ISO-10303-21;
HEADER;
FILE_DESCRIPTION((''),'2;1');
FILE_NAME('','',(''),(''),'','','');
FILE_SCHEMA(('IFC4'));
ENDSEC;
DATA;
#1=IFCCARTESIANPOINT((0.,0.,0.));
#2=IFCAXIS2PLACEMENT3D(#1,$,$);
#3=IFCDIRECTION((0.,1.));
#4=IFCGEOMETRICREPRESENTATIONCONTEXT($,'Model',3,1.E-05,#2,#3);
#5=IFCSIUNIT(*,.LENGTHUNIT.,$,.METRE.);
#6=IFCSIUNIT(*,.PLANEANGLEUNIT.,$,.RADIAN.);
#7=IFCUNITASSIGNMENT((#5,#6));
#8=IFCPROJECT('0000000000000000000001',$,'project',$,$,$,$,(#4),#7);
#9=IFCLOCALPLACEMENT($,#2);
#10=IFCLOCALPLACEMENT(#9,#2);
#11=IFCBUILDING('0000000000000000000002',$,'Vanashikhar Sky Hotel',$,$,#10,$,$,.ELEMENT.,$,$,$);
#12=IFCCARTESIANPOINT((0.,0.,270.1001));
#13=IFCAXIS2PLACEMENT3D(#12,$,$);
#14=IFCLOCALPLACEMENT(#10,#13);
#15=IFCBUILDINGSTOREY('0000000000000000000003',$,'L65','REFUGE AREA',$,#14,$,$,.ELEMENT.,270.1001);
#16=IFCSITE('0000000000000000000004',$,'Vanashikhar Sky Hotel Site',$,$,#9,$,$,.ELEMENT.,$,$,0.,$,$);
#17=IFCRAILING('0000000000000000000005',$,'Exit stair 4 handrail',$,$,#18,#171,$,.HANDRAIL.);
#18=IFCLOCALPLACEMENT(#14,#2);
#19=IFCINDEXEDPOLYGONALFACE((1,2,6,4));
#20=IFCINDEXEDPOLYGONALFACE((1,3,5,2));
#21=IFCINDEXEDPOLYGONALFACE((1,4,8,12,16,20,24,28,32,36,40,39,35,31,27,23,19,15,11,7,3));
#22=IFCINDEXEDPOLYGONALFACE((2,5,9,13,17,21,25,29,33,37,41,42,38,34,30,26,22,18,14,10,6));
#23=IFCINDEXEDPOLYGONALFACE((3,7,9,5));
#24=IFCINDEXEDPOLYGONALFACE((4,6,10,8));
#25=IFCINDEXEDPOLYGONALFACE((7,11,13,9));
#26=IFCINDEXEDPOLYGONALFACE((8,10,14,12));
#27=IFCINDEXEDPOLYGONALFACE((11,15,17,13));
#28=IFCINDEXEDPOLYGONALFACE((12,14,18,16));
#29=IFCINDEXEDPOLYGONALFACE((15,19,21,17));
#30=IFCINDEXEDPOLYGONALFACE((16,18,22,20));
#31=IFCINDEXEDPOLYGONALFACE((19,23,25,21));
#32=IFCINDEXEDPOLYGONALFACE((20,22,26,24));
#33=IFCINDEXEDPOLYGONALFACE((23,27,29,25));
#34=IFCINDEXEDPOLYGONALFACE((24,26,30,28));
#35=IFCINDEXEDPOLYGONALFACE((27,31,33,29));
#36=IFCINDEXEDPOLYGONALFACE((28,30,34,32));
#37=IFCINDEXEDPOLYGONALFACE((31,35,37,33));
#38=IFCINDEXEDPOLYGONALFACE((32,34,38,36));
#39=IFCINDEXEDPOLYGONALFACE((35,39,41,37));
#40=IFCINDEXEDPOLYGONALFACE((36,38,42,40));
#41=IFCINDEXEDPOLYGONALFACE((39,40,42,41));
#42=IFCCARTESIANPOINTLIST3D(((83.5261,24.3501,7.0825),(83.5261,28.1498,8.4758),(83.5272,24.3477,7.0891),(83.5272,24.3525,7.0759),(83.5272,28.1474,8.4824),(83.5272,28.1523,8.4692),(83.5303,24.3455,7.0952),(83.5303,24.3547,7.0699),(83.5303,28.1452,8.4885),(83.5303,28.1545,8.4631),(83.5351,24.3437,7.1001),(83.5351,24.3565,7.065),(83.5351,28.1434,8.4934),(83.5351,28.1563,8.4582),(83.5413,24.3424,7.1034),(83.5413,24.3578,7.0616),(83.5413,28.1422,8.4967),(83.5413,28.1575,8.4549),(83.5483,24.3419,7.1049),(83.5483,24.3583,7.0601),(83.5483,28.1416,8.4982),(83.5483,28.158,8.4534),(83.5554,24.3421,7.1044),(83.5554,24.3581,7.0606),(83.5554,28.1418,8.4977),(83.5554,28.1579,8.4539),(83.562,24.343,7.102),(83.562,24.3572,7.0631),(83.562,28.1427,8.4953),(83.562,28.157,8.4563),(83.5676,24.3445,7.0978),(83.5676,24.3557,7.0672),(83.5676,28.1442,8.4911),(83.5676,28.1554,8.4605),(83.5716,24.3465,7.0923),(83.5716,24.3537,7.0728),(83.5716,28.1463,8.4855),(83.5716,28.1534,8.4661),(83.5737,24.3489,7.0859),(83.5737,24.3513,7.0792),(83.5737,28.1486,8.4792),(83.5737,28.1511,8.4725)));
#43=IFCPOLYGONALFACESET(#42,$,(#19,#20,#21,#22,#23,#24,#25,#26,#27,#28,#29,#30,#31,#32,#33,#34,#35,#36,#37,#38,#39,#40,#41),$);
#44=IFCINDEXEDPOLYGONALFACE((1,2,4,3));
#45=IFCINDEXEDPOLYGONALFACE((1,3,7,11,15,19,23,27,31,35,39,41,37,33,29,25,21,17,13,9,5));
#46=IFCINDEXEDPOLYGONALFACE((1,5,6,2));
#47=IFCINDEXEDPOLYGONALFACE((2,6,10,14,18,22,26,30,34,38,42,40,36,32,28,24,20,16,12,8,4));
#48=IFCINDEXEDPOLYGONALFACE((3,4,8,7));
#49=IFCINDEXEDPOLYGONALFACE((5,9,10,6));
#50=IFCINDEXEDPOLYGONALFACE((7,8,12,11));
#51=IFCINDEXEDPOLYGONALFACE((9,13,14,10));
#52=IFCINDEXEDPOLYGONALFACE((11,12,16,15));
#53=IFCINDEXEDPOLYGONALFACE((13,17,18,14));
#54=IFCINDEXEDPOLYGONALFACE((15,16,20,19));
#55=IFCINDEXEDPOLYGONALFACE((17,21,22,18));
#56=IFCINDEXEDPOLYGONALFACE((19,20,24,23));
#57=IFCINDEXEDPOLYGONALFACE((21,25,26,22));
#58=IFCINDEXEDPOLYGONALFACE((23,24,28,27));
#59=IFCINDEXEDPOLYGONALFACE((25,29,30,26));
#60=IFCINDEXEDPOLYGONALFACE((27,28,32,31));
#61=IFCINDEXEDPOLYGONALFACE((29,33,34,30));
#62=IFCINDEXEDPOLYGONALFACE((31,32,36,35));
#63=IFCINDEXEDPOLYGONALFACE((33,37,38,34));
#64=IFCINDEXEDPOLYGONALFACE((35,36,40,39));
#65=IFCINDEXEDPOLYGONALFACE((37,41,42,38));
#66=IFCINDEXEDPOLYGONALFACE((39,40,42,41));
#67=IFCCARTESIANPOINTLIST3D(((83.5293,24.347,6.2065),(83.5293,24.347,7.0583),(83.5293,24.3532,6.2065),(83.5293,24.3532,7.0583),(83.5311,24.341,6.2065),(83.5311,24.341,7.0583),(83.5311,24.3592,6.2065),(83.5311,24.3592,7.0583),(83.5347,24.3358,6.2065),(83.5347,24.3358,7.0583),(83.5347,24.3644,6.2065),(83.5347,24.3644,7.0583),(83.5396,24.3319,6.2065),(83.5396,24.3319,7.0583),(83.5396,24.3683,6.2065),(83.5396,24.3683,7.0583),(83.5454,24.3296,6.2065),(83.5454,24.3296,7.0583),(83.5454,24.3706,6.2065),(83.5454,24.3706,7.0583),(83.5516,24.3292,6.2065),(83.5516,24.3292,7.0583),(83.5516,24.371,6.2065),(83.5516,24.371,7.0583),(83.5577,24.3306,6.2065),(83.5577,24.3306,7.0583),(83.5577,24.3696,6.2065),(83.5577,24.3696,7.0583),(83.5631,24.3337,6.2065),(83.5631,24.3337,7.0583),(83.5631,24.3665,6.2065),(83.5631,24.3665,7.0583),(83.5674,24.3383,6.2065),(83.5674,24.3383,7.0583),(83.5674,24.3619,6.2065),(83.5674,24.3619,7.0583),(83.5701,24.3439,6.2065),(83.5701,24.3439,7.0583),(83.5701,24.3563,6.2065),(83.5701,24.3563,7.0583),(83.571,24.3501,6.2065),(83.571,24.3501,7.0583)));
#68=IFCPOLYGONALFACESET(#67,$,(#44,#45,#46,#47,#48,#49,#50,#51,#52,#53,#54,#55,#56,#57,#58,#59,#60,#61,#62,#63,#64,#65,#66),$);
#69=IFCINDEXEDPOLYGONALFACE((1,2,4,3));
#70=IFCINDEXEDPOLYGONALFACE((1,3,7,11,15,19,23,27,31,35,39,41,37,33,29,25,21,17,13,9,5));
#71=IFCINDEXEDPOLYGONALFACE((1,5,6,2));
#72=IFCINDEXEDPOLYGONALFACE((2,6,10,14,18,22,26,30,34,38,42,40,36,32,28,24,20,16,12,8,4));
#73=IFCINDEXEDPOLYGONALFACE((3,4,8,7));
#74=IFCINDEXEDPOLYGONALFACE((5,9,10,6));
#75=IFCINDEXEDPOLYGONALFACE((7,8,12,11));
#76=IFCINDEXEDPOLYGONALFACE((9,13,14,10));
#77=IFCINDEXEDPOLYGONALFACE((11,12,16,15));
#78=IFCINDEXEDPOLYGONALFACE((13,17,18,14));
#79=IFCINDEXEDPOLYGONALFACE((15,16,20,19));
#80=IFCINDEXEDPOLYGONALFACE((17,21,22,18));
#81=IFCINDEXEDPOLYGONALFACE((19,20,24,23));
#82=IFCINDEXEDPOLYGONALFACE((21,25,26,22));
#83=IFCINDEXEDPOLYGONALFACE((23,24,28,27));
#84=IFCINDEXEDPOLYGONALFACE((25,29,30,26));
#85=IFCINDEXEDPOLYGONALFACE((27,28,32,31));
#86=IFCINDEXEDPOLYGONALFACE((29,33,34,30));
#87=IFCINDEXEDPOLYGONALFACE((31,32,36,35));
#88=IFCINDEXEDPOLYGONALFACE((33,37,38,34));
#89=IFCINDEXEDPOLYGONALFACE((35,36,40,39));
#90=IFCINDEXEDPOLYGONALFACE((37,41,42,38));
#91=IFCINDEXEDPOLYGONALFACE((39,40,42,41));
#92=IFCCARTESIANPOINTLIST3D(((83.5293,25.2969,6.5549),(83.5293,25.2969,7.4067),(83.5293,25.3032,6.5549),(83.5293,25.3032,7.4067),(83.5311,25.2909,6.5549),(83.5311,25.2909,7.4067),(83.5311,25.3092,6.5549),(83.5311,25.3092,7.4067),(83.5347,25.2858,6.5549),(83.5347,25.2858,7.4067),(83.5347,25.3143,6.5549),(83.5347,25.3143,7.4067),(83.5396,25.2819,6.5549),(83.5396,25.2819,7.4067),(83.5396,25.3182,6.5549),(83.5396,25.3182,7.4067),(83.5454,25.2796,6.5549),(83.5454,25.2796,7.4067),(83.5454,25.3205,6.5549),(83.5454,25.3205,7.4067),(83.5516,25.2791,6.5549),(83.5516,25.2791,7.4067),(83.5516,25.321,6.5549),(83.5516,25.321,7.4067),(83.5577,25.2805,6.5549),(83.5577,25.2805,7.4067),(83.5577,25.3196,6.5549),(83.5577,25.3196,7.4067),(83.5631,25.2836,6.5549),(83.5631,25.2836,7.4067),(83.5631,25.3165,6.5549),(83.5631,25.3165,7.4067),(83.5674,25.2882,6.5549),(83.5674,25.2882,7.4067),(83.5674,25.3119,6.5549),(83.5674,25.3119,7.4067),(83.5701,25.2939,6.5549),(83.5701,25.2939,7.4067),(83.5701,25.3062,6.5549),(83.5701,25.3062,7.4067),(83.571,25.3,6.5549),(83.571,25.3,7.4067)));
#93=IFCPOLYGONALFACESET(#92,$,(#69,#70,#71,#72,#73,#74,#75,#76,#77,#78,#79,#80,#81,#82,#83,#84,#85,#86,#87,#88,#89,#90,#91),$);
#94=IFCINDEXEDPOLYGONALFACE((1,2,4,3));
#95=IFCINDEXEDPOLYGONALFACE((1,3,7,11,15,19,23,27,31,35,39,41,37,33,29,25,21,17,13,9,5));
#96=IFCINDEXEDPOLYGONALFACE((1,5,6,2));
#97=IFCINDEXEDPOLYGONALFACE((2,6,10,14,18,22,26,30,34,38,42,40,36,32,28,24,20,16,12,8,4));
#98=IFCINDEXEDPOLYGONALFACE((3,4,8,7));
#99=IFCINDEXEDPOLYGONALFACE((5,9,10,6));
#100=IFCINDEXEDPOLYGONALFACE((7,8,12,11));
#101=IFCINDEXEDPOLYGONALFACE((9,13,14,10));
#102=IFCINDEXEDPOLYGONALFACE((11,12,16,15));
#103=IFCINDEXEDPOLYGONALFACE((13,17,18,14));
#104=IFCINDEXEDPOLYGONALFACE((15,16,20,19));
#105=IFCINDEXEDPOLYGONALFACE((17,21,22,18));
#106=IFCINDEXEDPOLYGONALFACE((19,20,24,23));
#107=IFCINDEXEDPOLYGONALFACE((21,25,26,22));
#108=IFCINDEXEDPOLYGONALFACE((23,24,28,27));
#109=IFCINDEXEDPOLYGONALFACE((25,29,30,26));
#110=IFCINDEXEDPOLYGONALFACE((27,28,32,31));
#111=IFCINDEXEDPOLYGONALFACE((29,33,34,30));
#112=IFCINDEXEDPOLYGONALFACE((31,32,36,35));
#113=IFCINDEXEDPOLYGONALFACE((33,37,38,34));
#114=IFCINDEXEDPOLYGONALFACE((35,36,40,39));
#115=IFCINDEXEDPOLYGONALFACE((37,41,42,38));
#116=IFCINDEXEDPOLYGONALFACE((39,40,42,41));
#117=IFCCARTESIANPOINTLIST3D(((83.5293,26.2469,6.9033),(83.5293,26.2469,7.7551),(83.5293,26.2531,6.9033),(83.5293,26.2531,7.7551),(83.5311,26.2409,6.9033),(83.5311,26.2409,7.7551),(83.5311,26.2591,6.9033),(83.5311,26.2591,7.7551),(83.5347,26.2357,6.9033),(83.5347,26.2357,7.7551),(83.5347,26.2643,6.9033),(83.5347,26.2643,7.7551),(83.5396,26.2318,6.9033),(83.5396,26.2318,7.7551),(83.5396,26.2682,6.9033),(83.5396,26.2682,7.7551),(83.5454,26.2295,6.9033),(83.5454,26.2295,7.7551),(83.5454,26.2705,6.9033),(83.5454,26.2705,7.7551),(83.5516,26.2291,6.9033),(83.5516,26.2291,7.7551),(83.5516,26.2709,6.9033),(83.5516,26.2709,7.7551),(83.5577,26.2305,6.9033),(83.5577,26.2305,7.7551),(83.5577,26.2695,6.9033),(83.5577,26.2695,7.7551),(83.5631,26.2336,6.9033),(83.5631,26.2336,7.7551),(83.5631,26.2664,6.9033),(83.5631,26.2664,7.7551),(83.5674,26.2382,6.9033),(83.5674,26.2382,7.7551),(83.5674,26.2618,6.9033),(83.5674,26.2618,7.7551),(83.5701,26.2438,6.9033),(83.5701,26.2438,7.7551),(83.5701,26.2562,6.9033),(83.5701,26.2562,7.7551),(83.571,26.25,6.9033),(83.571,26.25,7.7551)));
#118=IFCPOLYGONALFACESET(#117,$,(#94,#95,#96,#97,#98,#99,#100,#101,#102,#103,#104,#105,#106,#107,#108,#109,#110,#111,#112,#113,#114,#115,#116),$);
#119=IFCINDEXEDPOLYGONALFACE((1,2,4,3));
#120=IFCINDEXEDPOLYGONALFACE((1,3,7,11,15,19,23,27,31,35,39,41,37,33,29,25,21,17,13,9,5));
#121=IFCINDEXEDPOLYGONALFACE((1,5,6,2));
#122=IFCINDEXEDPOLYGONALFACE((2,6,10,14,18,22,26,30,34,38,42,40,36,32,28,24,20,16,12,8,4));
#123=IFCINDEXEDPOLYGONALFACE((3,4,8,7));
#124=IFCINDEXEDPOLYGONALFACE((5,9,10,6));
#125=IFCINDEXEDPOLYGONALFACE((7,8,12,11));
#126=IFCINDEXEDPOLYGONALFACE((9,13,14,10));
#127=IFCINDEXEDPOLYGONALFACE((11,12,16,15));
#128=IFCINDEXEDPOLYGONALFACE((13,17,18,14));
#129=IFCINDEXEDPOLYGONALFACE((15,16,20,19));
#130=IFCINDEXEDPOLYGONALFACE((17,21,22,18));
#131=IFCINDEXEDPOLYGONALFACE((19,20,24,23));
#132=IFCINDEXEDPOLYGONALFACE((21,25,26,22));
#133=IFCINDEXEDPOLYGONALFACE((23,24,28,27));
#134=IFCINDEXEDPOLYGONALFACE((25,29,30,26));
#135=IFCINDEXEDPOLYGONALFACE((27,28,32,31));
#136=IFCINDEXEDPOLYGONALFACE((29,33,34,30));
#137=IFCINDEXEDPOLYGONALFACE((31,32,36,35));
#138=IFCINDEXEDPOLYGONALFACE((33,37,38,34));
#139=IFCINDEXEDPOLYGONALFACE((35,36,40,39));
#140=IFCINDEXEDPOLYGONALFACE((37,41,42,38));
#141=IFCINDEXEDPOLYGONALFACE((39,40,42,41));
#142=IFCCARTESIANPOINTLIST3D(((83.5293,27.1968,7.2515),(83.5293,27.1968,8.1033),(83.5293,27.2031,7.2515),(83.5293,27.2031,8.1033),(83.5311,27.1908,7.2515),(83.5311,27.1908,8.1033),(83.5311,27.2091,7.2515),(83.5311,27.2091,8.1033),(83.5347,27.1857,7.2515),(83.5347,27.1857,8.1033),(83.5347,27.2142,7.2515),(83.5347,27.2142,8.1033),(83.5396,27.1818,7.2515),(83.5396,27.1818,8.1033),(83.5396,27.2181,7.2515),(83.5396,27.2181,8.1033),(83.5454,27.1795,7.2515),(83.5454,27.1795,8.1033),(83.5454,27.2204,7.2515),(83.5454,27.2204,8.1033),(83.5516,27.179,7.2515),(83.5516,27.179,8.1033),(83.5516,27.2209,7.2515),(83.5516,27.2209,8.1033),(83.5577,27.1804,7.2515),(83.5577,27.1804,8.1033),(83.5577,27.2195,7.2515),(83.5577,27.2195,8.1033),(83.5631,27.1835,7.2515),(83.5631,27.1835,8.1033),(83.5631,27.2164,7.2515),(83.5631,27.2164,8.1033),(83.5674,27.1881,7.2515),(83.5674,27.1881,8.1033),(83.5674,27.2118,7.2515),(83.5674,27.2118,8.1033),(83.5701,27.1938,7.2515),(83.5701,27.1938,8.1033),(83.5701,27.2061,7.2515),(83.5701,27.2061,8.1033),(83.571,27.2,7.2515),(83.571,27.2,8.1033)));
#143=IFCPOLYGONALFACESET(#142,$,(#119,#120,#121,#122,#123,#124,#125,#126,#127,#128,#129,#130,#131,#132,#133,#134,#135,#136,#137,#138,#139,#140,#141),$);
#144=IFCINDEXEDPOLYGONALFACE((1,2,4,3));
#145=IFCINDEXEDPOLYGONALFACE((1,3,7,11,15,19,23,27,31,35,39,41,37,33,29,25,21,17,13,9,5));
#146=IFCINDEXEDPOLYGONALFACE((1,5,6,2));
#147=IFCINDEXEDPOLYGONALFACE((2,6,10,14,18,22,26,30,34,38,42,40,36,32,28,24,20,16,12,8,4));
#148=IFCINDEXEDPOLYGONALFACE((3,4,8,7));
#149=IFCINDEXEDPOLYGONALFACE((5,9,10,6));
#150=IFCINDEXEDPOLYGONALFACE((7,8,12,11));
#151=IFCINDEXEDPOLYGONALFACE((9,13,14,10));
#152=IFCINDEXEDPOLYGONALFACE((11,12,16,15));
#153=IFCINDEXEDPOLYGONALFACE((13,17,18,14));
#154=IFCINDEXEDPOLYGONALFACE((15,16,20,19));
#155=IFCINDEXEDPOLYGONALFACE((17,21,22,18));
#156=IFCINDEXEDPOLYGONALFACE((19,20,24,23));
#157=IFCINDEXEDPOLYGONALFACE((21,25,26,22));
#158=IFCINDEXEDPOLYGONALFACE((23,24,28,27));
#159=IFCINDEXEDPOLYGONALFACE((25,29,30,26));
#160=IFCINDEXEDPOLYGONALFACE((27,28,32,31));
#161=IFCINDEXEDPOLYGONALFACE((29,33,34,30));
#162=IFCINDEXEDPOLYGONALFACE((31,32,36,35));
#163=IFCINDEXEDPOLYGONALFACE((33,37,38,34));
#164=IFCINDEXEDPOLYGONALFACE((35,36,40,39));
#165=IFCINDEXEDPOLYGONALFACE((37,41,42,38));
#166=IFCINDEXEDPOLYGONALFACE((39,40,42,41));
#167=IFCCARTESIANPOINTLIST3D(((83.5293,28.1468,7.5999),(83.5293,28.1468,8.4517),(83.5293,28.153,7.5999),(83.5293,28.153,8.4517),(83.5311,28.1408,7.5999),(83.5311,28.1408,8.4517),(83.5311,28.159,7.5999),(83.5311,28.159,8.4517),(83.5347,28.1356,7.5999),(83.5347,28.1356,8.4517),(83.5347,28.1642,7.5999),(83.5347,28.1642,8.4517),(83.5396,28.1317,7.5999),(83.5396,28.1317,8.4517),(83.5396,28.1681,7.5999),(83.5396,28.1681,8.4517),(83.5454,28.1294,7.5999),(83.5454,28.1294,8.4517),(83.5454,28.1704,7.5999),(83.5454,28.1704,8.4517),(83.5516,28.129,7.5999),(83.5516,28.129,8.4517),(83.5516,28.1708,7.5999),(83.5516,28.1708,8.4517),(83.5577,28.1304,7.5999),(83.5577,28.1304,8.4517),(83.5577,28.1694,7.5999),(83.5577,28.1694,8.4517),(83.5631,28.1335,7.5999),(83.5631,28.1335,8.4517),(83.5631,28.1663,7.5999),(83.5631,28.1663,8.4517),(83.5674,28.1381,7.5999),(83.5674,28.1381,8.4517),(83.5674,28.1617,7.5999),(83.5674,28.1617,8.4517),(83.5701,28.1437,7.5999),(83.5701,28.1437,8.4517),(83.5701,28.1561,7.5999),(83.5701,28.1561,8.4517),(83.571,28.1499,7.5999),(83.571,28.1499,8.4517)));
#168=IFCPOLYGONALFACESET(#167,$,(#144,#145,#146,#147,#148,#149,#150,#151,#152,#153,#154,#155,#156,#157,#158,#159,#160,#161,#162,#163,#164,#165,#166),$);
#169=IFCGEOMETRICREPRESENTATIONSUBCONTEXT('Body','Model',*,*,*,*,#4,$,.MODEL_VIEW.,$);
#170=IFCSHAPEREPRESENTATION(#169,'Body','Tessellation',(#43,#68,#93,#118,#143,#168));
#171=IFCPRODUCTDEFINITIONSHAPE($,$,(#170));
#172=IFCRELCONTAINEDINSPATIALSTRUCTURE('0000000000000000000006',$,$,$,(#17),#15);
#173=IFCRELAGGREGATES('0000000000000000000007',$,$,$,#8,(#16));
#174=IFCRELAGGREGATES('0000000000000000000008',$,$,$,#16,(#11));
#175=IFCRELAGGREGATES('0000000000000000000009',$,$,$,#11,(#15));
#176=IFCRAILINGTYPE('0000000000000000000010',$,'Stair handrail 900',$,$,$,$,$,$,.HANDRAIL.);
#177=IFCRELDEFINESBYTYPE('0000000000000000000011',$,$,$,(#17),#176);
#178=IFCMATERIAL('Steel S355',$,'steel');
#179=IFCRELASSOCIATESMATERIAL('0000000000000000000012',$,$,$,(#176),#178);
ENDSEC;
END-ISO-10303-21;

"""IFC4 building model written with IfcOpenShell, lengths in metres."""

from ifc_helpers import new_model, si_unit, direction, frame, origin, origin_2d, place, context, subcontext, project, spatial, circle, extrude, source, transform, mapped, material, type_object, element, save


model = new_model("IFC4")

# Units and contexts
model_context = context("Model", 3, precision=1e-05, world=origin(), true_north=direction((0.0, 1.0)))
body_context = subcontext(model_context, "Body", "Model", "MODEL_VIEW")
ifc_project = project(units=[si_unit("LENGTHUNIT", "METRE"), si_unit("PLANEANGLEUNIT", "RADIAN")], contexts=[model_context])

# Site, building, storey
site_placement = place(None, origin())
site = spatial("IfcSite", under=ifc_project, at=site_placement, Name="Vanashikhar Sky Hotel Site", CompositionType="ELEMENT", RefElevation=0.0)
building_placement = place(site_placement, origin())
building = spatial("IfcBuilding", under=site, at=building_placement, Name="Vanashikhar Sky Hotel", CompositionType="ELEMENT")
storey_placement = place(building_placement, frame((0.0, 0.0, 270.1001)))
storey = spatial("IfcBuildingStorey", under=building, at=storey_placement, Name="L65", Description="REFUGE AREA", CompositionType="ELEMENT", Elevation=270.1001)

# Railing
ifc_material_1 = material(Name="Steel S355", Category="steel")
railing_type_1 = type_object("IfcRailingType", Name="Stair handrail 900", PredefinedType="HANDRAIL", material=ifc_material_1)
shared_shape_1 = source(origin(), body_context, "Body", "SweptSolid", [
    extrude(circle(Radius=0.0239, at=origin_2d()), frame((0.0, 0.0, 0.876), z_axis=(0.0, 0.938872, 0.344265), x_axis=(-1.0, 0.0, 0.0)), (0.0, 0.0, 1.0), 4.0471),
    extrude(circle(Radius=0.021, at=origin_2d()), origin(), (0.0, 0.0, 1.0), 0.8518),
    extrude(circle(Radius=0.021, at=origin_2d()), frame((0.0, 0.95, 0.3484)), (0.0, 0.0, 1.0), 0.8518),
    extrude(circle(Radius=0.021, at=origin_2d()), frame((0.0, 1.8999, 0.6968)), (0.0, 0.0, 1.0), 0.8518),
    extrude(circle(Radius=0.021, at=origin_2d()), frame((0.0, 2.8499, 1.0449)), (0.0, 0.0, 1.0), 0.8518),
    extrude(circle(Radius=0.021, at=origin_2d()), frame((0.0, 3.7998, 1.3933)), (0.0, 0.0, 1.0), 0.8518),
])
for number, where, name in (
    (1, (83.55, 24.3501, 6.2065), "Exit stair 4 handrail"),
):
    element("IfcRailing", number, at=place(storey_placement, frame(where)), inside=storey, type_object=railing_type_1, Name=name, PredefinedType="HANDRAIL", context=body_context, shape_type="MappedRepresentation", body=[
        mapped(shared_shape_1, transform((0.0, 0.0, 0.0), scale=1.0)),
    ])

save(model, "model.ifc")
